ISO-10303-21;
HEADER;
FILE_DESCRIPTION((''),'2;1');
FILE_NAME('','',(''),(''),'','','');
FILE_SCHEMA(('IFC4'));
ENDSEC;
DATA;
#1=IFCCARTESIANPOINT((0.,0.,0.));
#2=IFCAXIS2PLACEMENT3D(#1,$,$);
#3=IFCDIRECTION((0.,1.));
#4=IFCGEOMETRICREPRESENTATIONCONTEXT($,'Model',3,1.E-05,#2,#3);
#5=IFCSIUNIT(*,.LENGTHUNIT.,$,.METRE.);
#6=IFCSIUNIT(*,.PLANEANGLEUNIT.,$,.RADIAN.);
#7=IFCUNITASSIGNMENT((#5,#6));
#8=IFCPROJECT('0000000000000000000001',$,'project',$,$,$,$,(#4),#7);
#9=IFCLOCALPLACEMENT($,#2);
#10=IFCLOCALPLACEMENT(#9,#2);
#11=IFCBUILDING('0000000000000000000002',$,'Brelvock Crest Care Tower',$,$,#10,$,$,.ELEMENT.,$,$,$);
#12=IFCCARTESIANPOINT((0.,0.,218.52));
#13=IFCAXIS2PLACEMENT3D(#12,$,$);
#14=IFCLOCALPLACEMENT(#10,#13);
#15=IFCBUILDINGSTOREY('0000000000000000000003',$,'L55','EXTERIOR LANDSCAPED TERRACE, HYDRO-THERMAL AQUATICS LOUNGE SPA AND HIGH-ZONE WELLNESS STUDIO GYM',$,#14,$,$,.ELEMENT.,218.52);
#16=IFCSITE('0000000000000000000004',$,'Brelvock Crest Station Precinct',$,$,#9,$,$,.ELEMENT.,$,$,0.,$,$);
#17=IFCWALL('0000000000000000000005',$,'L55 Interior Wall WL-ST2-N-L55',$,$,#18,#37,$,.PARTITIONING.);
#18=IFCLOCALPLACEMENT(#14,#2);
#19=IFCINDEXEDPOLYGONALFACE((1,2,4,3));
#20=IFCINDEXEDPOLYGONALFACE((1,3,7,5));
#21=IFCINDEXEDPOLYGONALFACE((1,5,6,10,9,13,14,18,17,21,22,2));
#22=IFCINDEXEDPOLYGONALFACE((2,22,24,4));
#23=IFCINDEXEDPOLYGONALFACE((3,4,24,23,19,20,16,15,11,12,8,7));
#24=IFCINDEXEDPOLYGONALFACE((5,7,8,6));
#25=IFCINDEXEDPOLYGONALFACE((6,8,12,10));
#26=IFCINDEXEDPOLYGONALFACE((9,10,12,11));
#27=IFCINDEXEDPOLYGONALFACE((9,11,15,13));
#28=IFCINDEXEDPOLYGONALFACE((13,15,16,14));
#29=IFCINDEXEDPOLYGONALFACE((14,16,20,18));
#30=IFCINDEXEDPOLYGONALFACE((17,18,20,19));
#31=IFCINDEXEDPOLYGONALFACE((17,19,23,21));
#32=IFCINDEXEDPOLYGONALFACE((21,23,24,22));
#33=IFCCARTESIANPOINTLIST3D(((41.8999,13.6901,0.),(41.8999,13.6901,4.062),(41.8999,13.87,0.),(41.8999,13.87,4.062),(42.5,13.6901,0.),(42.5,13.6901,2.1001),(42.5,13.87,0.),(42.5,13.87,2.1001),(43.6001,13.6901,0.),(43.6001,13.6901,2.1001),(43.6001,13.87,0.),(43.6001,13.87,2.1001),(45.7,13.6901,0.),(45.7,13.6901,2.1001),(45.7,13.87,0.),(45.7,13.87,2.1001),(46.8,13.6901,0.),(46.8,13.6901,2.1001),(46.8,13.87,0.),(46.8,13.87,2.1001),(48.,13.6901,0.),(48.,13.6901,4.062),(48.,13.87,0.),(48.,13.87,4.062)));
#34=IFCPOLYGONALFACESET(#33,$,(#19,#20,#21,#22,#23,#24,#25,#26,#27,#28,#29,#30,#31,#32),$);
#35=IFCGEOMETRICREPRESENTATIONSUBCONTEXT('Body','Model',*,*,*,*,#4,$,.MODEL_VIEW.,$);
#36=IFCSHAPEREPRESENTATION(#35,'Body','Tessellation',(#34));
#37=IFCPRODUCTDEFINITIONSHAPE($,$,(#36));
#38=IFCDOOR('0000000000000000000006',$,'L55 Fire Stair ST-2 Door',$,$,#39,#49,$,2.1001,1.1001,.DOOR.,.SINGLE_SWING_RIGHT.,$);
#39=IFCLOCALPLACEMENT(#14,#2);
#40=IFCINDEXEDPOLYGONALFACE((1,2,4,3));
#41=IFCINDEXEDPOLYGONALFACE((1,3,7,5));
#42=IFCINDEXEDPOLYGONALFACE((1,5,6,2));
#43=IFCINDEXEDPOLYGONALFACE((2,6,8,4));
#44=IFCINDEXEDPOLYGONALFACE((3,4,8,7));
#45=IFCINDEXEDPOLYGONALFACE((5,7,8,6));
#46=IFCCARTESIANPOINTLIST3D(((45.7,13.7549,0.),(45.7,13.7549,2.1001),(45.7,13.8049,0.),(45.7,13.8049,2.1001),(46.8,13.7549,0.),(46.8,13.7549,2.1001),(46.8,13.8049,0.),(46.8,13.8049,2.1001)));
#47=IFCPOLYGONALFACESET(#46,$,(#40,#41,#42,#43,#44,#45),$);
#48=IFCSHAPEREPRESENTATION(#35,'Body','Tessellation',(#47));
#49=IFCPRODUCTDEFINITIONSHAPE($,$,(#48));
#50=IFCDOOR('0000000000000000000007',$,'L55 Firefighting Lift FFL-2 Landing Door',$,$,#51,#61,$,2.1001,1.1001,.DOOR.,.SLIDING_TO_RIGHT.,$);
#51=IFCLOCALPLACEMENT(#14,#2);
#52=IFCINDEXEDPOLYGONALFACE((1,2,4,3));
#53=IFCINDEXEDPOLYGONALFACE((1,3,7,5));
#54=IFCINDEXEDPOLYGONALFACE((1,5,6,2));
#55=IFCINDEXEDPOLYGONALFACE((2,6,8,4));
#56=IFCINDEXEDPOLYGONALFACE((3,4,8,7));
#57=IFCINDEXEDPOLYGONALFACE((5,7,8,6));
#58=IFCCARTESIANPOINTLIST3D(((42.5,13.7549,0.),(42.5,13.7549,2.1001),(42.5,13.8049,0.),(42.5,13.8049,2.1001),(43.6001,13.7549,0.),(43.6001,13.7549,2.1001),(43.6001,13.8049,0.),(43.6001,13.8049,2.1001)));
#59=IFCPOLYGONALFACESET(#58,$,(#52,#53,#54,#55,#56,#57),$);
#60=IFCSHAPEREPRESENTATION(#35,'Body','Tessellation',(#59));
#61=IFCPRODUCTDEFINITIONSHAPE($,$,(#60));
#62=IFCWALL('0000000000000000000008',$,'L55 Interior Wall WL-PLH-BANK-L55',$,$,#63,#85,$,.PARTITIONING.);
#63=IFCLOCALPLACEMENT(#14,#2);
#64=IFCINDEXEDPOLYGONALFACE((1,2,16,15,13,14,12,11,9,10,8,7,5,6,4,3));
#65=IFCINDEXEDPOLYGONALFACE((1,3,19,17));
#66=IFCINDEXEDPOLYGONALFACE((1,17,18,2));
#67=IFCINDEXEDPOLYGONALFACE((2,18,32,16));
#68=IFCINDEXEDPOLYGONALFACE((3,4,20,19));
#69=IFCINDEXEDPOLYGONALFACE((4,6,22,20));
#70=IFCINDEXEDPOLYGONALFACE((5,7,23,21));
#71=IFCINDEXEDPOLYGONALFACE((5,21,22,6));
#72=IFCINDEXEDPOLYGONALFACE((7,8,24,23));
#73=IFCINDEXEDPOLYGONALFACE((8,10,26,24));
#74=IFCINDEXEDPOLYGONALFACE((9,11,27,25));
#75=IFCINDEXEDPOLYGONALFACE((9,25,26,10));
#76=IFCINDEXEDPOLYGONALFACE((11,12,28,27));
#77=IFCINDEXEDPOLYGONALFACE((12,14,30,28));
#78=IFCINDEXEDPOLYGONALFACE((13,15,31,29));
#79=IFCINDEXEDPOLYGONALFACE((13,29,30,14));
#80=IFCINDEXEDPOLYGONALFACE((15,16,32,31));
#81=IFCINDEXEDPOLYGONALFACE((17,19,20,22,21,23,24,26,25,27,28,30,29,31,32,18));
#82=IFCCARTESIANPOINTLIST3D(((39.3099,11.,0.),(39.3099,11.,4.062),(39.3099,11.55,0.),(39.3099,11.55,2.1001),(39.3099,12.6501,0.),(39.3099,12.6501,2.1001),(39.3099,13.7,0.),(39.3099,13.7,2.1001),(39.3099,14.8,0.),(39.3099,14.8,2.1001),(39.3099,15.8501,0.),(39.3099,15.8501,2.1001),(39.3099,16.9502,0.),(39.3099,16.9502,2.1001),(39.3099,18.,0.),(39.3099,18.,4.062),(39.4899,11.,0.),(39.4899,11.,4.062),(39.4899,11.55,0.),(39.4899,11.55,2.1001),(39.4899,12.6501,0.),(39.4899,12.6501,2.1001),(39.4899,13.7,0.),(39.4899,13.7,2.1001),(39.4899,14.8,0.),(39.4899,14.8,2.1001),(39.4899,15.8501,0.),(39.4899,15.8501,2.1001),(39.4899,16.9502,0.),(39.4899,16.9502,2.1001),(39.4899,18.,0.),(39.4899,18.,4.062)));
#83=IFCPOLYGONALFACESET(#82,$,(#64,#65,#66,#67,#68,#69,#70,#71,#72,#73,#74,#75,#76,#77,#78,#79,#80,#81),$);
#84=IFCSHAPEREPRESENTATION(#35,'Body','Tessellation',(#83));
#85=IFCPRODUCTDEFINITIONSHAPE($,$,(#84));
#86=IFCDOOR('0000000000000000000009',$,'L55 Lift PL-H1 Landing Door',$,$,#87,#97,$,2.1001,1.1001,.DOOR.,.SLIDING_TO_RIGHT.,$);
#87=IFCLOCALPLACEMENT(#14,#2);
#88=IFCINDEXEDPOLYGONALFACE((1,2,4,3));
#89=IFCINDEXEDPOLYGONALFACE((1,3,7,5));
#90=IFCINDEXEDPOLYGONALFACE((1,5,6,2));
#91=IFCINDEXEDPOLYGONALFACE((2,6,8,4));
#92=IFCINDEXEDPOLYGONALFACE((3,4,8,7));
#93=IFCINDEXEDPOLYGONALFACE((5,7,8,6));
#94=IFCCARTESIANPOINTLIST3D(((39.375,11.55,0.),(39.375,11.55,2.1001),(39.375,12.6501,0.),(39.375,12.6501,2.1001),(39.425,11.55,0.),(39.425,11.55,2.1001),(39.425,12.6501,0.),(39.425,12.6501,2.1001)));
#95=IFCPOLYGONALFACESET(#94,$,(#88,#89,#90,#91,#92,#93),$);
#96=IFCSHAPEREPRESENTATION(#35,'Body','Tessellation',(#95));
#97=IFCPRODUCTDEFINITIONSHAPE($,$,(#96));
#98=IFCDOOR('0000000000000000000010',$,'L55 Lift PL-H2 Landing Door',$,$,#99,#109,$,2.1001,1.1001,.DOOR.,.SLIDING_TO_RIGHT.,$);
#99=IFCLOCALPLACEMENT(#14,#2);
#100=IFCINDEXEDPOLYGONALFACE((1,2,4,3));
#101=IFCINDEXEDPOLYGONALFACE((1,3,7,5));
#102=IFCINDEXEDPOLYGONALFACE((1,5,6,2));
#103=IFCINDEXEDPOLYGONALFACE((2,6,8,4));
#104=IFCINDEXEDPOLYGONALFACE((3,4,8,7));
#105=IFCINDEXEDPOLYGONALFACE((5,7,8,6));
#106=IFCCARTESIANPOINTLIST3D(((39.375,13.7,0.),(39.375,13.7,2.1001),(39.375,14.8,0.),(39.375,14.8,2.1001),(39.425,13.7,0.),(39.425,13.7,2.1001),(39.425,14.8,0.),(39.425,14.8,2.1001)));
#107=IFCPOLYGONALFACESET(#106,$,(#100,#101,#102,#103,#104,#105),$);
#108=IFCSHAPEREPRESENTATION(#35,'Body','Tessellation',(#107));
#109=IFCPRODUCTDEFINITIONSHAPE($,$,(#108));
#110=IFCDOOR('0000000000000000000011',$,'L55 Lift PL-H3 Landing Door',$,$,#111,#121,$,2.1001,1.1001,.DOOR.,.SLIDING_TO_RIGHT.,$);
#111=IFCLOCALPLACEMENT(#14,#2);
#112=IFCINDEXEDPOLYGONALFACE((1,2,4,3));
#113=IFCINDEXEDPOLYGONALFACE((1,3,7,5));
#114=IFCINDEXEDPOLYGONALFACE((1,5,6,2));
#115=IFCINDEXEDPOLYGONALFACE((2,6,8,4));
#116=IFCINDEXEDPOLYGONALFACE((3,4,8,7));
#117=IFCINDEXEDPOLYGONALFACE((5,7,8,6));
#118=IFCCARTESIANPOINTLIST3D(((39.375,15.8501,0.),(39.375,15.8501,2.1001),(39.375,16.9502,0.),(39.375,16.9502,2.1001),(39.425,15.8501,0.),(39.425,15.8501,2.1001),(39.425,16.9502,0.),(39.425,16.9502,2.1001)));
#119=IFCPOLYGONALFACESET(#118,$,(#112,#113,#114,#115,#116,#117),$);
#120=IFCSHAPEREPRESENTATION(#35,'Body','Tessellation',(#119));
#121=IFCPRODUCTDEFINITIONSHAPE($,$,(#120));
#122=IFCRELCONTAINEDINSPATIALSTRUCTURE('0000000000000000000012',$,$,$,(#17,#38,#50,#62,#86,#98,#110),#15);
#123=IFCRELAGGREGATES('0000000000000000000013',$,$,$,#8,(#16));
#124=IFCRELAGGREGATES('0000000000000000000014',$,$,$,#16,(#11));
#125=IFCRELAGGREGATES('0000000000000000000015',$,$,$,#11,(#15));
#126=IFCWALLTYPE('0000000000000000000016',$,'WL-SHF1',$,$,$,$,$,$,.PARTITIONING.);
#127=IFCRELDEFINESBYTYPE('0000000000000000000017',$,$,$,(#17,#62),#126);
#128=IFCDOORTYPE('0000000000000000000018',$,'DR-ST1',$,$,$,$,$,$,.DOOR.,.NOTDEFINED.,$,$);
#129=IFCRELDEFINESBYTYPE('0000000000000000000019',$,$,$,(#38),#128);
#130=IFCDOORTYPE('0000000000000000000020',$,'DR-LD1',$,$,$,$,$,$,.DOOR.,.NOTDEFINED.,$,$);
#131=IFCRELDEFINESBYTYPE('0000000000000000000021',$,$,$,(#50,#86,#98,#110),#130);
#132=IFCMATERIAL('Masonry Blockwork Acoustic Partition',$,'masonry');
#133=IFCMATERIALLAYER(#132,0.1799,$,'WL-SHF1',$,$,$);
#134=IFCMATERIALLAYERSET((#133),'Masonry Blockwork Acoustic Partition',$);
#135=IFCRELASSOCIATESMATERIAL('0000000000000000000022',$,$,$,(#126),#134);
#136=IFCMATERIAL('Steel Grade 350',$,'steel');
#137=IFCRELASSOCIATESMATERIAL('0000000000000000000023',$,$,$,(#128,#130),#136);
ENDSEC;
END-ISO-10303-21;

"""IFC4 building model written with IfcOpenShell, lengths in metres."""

from ifc_helpers import new_model, si_unit, direction, frame, frame_2d, origin, origin_2d, place, context, subcontext, project, spatial, rectangle, extrude, source, transform, mapped, material, layer, layer_set, type_object, element, fill, save


model = new_model("IFC4")

# Units and contexts
model_context = context("Model", 3, precision=1e-05, world=origin(), true_north=direction((0.0, 1.0)))
body_context = subcontext(model_context, "Body", "Model", "MODEL_VIEW")
ifc_project = project(units=[si_unit("LENGTHUNIT", "METRE"), si_unit("PLANEANGLEUNIT", "RADIAN")], contexts=[model_context])

# Site, building, storey
site_placement = place(None, origin())
site = spatial("IfcSite", under=ifc_project, at=site_placement, Name="Brelvock Crest Station Precinct", CompositionType="ELEMENT", RefElevation=0.0)
building_placement = place(site_placement, origin())
building = spatial("IfcBuilding", under=site, at=building_placement, Name="Brelvock Crest Care Tower", CompositionType="ELEMENT")
storey_placement = place(building_placement, frame((0.0, 0.0, 218.52)))
storey = spatial("IfcBuildingStorey", under=building, at=storey_placement, Name="L55", Description="EXTERIOR LANDSCAPED TERRACE, HYDRO-THERMAL AQUATICS LOUNGE SPA AND HIGH-ZONE WELLNESS STUDIO GYM", CompositionType="ELEMENT", Elevation=218.52)

# Shared definitions
ifc_material_1 = material(Name="Steel Grade 350", Category="steel")

# Shared definitions
ifc_material_2 = material(Name="Masonry Blockwork Acoustic Partition", Category="masonry")

# Shared definitions
ifc_layer_1 = layer(ifc_material_2, 0.1799, Name="WL-SHF1")
ifc_layer_set_1 = layer_set([ifc_layer_1], Name="Masonry Blockwork Acoustic Partition")
wall_type_1 = type_object("IfcWallType", Name="WL-SHF1", PredefinedType="PARTITIONING", material=ifc_layer_set_1)

# Walls, openings, doors
wall_1_placement = place(storey_placement, frame((41.8999, 13.78, 0.0), z_axis=(0.0, 0.0, 1.0), x_axis=(1.0, 0.0, 0.0)))
wall_1 = element("IfcWall", 1, at=wall_1_placement, inside=storey, type_object=wall_type_1, Name="L55 Interior Wall WL-ST2-N-L55", PredefinedType="PARTITIONING", context=body_context, shape_type="SweptSolid", body=[
    extrude(rectangle(XDim=6.1001, YDim=0.1799, at=frame_2d((3.05, 0.0))), origin(), (0.0, 0.0, 1.0), 4.062),
])
opening_1_placement = place(wall_1_placement, frame((0.6001, 0.0, 0.0)))
opening_1 = element("IfcOpeningElement", 2, at=opening_1_placement, cuts=wall_1, PredefinedType="OPENING", context=body_context, shape_type="SweptSolid", body=[
    extrude(rectangle(XDim=1.1001, YDim=2.1001, at=origin_2d()), frame((0.55, 0.1001, 1.05), z_axis=(0.0, -1.0, 0.0), x_axis=(1.0, 0.0, 0.0)), (0.0, 0.0, 1.0), 0.2),
])
opening_2_placement = place(wall_1_placement, frame((3.8, 0.0, 0.0)))
opening_2 = element("IfcOpeningElement", 3, at=opening_2_placement, cuts=wall_1, PredefinedType="OPENING", context=body_context, shape_type="SweptSolid", body=[
    extrude(rectangle(XDim=1.1001, YDim=2.1001, at=origin_2d()), frame((0.55, 0.1001, 1.05), z_axis=(0.0, -1.0, 0.0), x_axis=(1.0, 0.0, 0.0)), (0.0, 0.0, 1.0), 0.2),
])
door_type_1 = type_object("IfcDoorType", Name="DR-ST1", OperationType="NOTDEFINED", PredefinedType="DOOR", material=ifc_material_1)
shared_shape_1 = source(origin(), body_context, "Body", "SweptSolid", [
    extrude(rectangle(XDim=1.1001, YDim=2.1001, at=origin_2d()), frame((0.55, 0.0249, 1.05), z_axis=(0.0, -1.0, 0.0), x_axis=(1.0, 0.0, 0.0)), (0.0, 0.0, 1.0), 0.05),
])
door_1_placement = place(opening_2_placement, origin())
door_1 = element("IfcDoor", 4, at=door_1_placement, inside=storey, type_object=door_type_1, Name="L55 Fire Stair ST-2 Door", OperationType="SINGLE_SWING_RIGHT", OverallHeight=2.1001, OverallWidth=1.1001, PredefinedType="DOOR", context=body_context, shape_type="MappedRepresentation", body=[
    mapped(shared_shape_1, transform((0.0, 0.0, 0.0), x_axis=(1.0, 0.0, 0.0), y_axis=(0.0, 1.0, 0.0), z_axis=(0.0, 0.0, 1.0), scale=1.0)),
])
fill(opening_2, door_1)
door_type_2 = type_object("IfcDoorType", Name="DR-LD1", OperationType="NOTDEFINED", PredefinedType="DOOR", material=ifc_material_1)
shared_shape_2 = source(origin(), body_context, "Body", "SweptSolid", [
    extrude(rectangle(XDim=1.1001, YDim=2.1001, at=origin_2d()), frame((0.55, 0.0249, 1.05), z_axis=(0.0, -1.0, 0.0), x_axis=(1.0, 0.0, 0.0)), (0.0, 0.0, 1.0), 0.05),
])
door_2_placement = place(opening_1_placement, origin())
door_2 = element("IfcDoor", 5, at=door_2_placement, inside=storey, type_object=door_type_2, Name="L55 Firefighting Lift FFL-2 Landing Door", OperationType="SLIDING_TO_RIGHT", OverallHeight=2.1001, OverallWidth=1.1001, PredefinedType="DOOR", context=body_context, shape_type="MappedRepresentation", body=[
    mapped(shared_shape_2, transform((0.0, 0.0, 0.0), x_axis=(1.0, 0.0, 0.0), y_axis=(0.0, 1.0, 0.0), z_axis=(0.0, 0.0, 1.0), scale=1.0)),
])
fill(opening_1, door_2)
wall_2_placement = place(storey_placement, frame((39.3999, 11.0, 0.0), z_axis=(0.0, 0.0, 1.0), x_axis=(0.0, 1.0, 0.0)))
wall_2 = element("IfcWall", 6, at=wall_2_placement, inside=storey, type_object=wall_type_1, Name="L55 Interior Wall WL-PLH-BANK-L55", PredefinedType="PARTITIONING", context=body_context, shape_type="SweptSolid", body=[
    extrude(rectangle(XDim=7.0, YDim=0.1799, at=frame_2d((3.5, 0.0))), origin(), (0.0, 0.0, 1.0), 4.062),
])
opening_3_placement = place(wall_2_placement, frame((0.55, 0.0, 0.0)))
opening_3 = element("IfcOpeningElement", 7, at=opening_3_placement, cuts=wall_2, PredefinedType="OPENING", context=body_context, shape_type="SweptSolid", body=[
    extrude(rectangle(XDim=1.1001, YDim=2.1001, at=origin_2d()), frame((0.55, 0.1001, 1.05), z_axis=(0.0, -1.0, 0.0), x_axis=(1.0, 0.0, 0.0)), (0.0, 0.0, 1.0), 0.2),
])
opening_4_placement = place(wall_2_placement, frame((2.7, 0.0, 0.0)))
opening_4 = element("IfcOpeningElement", 8, at=opening_4_placement, cuts=wall_2, PredefinedType="OPENING", context=body_context, shape_type="SweptSolid", body=[
    extrude(rectangle(XDim=1.1001, YDim=2.1001, at=origin_2d()), frame((0.55, 0.1001, 1.05), z_axis=(0.0, -1.0, 0.0), x_axis=(1.0, 0.0, 0.0)), (0.0, 0.0, 1.0), 0.2),
])
opening_5_placement = place(wall_2_placement, frame((4.8501, 0.0, 0.0)))
opening_5 = element("IfcOpeningElement", 9, at=opening_5_placement, cuts=wall_2, PredefinedType="OPENING", context=body_context, shape_type="SweptSolid", body=[
    extrude(rectangle(XDim=1.1001, YDim=2.1001, at=origin_2d()), frame((0.55, 0.1001, 1.05), z_axis=(0.0, -1.0, 0.0), x_axis=(1.0, 0.0, 0.0)), (0.0, 0.0, 1.0), 0.2),
])
door_3_placement = place(opening_3_placement, origin())
door_3 = element("IfcDoor", 10, at=door_3_placement, inside=storey, type_object=door_type_2, Name="L55 Lift PL-H1 Landing Door", OperationType="SLIDING_TO_RIGHT", OverallHeight=2.1001, OverallWidth=1.1001, PredefinedType="DOOR", context=body_context, shape_type="MappedRepresentation", body=[
    mapped(shared_shape_2, transform((0.0, 0.0, 0.0), x_axis=(1.0, 0.0, 0.0), y_axis=(0.0, 1.0, 0.0), z_axis=(0.0, 0.0, 1.0), scale=1.0)),
])
fill(opening_3, door_3)
door_4_placement = place(opening_4_placement, origin())
door_4 = element("IfcDoor", 11, at=door_4_placement, inside=storey, type_object=door_type_2, Name="L55 Lift PL-H2 Landing Door", OperationType="SLIDING_TO_RIGHT", OverallHeight=2.1001, OverallWidth=1.1001, PredefinedType="DOOR", context=body_context, shape_type="MappedRepresentation", body=[
    mapped(shared_shape_2, transform((0.0, 0.0, 0.0), x_axis=(1.0, 0.0, 0.0), y_axis=(0.0, 1.0, 0.0), z_axis=(0.0, 0.0, 1.0), scale=1.0)),
])
fill(opening_4, door_4)
door_5_placement = place(opening_5_placement, origin())
door_5 = element("IfcDoor", 12, at=door_5_placement, inside=storey, type_object=door_type_2, Name="L55 Lift PL-H3 Landing Door", OperationType="SLIDING_TO_RIGHT", OverallHeight=2.1001, OverallWidth=1.1001, PredefinedType="DOOR", context=body_context, shape_type="MappedRepresentation", body=[
    mapped(shared_shape_2, transform((0.0, 0.0, 0.0), x_axis=(1.0, 0.0, 0.0), y_axis=(0.0, 1.0, 0.0), z_axis=(0.0, 0.0, 1.0), scale=1.0)),
])
fill(opening_5, door_5)

save(model, "model.ifc")
